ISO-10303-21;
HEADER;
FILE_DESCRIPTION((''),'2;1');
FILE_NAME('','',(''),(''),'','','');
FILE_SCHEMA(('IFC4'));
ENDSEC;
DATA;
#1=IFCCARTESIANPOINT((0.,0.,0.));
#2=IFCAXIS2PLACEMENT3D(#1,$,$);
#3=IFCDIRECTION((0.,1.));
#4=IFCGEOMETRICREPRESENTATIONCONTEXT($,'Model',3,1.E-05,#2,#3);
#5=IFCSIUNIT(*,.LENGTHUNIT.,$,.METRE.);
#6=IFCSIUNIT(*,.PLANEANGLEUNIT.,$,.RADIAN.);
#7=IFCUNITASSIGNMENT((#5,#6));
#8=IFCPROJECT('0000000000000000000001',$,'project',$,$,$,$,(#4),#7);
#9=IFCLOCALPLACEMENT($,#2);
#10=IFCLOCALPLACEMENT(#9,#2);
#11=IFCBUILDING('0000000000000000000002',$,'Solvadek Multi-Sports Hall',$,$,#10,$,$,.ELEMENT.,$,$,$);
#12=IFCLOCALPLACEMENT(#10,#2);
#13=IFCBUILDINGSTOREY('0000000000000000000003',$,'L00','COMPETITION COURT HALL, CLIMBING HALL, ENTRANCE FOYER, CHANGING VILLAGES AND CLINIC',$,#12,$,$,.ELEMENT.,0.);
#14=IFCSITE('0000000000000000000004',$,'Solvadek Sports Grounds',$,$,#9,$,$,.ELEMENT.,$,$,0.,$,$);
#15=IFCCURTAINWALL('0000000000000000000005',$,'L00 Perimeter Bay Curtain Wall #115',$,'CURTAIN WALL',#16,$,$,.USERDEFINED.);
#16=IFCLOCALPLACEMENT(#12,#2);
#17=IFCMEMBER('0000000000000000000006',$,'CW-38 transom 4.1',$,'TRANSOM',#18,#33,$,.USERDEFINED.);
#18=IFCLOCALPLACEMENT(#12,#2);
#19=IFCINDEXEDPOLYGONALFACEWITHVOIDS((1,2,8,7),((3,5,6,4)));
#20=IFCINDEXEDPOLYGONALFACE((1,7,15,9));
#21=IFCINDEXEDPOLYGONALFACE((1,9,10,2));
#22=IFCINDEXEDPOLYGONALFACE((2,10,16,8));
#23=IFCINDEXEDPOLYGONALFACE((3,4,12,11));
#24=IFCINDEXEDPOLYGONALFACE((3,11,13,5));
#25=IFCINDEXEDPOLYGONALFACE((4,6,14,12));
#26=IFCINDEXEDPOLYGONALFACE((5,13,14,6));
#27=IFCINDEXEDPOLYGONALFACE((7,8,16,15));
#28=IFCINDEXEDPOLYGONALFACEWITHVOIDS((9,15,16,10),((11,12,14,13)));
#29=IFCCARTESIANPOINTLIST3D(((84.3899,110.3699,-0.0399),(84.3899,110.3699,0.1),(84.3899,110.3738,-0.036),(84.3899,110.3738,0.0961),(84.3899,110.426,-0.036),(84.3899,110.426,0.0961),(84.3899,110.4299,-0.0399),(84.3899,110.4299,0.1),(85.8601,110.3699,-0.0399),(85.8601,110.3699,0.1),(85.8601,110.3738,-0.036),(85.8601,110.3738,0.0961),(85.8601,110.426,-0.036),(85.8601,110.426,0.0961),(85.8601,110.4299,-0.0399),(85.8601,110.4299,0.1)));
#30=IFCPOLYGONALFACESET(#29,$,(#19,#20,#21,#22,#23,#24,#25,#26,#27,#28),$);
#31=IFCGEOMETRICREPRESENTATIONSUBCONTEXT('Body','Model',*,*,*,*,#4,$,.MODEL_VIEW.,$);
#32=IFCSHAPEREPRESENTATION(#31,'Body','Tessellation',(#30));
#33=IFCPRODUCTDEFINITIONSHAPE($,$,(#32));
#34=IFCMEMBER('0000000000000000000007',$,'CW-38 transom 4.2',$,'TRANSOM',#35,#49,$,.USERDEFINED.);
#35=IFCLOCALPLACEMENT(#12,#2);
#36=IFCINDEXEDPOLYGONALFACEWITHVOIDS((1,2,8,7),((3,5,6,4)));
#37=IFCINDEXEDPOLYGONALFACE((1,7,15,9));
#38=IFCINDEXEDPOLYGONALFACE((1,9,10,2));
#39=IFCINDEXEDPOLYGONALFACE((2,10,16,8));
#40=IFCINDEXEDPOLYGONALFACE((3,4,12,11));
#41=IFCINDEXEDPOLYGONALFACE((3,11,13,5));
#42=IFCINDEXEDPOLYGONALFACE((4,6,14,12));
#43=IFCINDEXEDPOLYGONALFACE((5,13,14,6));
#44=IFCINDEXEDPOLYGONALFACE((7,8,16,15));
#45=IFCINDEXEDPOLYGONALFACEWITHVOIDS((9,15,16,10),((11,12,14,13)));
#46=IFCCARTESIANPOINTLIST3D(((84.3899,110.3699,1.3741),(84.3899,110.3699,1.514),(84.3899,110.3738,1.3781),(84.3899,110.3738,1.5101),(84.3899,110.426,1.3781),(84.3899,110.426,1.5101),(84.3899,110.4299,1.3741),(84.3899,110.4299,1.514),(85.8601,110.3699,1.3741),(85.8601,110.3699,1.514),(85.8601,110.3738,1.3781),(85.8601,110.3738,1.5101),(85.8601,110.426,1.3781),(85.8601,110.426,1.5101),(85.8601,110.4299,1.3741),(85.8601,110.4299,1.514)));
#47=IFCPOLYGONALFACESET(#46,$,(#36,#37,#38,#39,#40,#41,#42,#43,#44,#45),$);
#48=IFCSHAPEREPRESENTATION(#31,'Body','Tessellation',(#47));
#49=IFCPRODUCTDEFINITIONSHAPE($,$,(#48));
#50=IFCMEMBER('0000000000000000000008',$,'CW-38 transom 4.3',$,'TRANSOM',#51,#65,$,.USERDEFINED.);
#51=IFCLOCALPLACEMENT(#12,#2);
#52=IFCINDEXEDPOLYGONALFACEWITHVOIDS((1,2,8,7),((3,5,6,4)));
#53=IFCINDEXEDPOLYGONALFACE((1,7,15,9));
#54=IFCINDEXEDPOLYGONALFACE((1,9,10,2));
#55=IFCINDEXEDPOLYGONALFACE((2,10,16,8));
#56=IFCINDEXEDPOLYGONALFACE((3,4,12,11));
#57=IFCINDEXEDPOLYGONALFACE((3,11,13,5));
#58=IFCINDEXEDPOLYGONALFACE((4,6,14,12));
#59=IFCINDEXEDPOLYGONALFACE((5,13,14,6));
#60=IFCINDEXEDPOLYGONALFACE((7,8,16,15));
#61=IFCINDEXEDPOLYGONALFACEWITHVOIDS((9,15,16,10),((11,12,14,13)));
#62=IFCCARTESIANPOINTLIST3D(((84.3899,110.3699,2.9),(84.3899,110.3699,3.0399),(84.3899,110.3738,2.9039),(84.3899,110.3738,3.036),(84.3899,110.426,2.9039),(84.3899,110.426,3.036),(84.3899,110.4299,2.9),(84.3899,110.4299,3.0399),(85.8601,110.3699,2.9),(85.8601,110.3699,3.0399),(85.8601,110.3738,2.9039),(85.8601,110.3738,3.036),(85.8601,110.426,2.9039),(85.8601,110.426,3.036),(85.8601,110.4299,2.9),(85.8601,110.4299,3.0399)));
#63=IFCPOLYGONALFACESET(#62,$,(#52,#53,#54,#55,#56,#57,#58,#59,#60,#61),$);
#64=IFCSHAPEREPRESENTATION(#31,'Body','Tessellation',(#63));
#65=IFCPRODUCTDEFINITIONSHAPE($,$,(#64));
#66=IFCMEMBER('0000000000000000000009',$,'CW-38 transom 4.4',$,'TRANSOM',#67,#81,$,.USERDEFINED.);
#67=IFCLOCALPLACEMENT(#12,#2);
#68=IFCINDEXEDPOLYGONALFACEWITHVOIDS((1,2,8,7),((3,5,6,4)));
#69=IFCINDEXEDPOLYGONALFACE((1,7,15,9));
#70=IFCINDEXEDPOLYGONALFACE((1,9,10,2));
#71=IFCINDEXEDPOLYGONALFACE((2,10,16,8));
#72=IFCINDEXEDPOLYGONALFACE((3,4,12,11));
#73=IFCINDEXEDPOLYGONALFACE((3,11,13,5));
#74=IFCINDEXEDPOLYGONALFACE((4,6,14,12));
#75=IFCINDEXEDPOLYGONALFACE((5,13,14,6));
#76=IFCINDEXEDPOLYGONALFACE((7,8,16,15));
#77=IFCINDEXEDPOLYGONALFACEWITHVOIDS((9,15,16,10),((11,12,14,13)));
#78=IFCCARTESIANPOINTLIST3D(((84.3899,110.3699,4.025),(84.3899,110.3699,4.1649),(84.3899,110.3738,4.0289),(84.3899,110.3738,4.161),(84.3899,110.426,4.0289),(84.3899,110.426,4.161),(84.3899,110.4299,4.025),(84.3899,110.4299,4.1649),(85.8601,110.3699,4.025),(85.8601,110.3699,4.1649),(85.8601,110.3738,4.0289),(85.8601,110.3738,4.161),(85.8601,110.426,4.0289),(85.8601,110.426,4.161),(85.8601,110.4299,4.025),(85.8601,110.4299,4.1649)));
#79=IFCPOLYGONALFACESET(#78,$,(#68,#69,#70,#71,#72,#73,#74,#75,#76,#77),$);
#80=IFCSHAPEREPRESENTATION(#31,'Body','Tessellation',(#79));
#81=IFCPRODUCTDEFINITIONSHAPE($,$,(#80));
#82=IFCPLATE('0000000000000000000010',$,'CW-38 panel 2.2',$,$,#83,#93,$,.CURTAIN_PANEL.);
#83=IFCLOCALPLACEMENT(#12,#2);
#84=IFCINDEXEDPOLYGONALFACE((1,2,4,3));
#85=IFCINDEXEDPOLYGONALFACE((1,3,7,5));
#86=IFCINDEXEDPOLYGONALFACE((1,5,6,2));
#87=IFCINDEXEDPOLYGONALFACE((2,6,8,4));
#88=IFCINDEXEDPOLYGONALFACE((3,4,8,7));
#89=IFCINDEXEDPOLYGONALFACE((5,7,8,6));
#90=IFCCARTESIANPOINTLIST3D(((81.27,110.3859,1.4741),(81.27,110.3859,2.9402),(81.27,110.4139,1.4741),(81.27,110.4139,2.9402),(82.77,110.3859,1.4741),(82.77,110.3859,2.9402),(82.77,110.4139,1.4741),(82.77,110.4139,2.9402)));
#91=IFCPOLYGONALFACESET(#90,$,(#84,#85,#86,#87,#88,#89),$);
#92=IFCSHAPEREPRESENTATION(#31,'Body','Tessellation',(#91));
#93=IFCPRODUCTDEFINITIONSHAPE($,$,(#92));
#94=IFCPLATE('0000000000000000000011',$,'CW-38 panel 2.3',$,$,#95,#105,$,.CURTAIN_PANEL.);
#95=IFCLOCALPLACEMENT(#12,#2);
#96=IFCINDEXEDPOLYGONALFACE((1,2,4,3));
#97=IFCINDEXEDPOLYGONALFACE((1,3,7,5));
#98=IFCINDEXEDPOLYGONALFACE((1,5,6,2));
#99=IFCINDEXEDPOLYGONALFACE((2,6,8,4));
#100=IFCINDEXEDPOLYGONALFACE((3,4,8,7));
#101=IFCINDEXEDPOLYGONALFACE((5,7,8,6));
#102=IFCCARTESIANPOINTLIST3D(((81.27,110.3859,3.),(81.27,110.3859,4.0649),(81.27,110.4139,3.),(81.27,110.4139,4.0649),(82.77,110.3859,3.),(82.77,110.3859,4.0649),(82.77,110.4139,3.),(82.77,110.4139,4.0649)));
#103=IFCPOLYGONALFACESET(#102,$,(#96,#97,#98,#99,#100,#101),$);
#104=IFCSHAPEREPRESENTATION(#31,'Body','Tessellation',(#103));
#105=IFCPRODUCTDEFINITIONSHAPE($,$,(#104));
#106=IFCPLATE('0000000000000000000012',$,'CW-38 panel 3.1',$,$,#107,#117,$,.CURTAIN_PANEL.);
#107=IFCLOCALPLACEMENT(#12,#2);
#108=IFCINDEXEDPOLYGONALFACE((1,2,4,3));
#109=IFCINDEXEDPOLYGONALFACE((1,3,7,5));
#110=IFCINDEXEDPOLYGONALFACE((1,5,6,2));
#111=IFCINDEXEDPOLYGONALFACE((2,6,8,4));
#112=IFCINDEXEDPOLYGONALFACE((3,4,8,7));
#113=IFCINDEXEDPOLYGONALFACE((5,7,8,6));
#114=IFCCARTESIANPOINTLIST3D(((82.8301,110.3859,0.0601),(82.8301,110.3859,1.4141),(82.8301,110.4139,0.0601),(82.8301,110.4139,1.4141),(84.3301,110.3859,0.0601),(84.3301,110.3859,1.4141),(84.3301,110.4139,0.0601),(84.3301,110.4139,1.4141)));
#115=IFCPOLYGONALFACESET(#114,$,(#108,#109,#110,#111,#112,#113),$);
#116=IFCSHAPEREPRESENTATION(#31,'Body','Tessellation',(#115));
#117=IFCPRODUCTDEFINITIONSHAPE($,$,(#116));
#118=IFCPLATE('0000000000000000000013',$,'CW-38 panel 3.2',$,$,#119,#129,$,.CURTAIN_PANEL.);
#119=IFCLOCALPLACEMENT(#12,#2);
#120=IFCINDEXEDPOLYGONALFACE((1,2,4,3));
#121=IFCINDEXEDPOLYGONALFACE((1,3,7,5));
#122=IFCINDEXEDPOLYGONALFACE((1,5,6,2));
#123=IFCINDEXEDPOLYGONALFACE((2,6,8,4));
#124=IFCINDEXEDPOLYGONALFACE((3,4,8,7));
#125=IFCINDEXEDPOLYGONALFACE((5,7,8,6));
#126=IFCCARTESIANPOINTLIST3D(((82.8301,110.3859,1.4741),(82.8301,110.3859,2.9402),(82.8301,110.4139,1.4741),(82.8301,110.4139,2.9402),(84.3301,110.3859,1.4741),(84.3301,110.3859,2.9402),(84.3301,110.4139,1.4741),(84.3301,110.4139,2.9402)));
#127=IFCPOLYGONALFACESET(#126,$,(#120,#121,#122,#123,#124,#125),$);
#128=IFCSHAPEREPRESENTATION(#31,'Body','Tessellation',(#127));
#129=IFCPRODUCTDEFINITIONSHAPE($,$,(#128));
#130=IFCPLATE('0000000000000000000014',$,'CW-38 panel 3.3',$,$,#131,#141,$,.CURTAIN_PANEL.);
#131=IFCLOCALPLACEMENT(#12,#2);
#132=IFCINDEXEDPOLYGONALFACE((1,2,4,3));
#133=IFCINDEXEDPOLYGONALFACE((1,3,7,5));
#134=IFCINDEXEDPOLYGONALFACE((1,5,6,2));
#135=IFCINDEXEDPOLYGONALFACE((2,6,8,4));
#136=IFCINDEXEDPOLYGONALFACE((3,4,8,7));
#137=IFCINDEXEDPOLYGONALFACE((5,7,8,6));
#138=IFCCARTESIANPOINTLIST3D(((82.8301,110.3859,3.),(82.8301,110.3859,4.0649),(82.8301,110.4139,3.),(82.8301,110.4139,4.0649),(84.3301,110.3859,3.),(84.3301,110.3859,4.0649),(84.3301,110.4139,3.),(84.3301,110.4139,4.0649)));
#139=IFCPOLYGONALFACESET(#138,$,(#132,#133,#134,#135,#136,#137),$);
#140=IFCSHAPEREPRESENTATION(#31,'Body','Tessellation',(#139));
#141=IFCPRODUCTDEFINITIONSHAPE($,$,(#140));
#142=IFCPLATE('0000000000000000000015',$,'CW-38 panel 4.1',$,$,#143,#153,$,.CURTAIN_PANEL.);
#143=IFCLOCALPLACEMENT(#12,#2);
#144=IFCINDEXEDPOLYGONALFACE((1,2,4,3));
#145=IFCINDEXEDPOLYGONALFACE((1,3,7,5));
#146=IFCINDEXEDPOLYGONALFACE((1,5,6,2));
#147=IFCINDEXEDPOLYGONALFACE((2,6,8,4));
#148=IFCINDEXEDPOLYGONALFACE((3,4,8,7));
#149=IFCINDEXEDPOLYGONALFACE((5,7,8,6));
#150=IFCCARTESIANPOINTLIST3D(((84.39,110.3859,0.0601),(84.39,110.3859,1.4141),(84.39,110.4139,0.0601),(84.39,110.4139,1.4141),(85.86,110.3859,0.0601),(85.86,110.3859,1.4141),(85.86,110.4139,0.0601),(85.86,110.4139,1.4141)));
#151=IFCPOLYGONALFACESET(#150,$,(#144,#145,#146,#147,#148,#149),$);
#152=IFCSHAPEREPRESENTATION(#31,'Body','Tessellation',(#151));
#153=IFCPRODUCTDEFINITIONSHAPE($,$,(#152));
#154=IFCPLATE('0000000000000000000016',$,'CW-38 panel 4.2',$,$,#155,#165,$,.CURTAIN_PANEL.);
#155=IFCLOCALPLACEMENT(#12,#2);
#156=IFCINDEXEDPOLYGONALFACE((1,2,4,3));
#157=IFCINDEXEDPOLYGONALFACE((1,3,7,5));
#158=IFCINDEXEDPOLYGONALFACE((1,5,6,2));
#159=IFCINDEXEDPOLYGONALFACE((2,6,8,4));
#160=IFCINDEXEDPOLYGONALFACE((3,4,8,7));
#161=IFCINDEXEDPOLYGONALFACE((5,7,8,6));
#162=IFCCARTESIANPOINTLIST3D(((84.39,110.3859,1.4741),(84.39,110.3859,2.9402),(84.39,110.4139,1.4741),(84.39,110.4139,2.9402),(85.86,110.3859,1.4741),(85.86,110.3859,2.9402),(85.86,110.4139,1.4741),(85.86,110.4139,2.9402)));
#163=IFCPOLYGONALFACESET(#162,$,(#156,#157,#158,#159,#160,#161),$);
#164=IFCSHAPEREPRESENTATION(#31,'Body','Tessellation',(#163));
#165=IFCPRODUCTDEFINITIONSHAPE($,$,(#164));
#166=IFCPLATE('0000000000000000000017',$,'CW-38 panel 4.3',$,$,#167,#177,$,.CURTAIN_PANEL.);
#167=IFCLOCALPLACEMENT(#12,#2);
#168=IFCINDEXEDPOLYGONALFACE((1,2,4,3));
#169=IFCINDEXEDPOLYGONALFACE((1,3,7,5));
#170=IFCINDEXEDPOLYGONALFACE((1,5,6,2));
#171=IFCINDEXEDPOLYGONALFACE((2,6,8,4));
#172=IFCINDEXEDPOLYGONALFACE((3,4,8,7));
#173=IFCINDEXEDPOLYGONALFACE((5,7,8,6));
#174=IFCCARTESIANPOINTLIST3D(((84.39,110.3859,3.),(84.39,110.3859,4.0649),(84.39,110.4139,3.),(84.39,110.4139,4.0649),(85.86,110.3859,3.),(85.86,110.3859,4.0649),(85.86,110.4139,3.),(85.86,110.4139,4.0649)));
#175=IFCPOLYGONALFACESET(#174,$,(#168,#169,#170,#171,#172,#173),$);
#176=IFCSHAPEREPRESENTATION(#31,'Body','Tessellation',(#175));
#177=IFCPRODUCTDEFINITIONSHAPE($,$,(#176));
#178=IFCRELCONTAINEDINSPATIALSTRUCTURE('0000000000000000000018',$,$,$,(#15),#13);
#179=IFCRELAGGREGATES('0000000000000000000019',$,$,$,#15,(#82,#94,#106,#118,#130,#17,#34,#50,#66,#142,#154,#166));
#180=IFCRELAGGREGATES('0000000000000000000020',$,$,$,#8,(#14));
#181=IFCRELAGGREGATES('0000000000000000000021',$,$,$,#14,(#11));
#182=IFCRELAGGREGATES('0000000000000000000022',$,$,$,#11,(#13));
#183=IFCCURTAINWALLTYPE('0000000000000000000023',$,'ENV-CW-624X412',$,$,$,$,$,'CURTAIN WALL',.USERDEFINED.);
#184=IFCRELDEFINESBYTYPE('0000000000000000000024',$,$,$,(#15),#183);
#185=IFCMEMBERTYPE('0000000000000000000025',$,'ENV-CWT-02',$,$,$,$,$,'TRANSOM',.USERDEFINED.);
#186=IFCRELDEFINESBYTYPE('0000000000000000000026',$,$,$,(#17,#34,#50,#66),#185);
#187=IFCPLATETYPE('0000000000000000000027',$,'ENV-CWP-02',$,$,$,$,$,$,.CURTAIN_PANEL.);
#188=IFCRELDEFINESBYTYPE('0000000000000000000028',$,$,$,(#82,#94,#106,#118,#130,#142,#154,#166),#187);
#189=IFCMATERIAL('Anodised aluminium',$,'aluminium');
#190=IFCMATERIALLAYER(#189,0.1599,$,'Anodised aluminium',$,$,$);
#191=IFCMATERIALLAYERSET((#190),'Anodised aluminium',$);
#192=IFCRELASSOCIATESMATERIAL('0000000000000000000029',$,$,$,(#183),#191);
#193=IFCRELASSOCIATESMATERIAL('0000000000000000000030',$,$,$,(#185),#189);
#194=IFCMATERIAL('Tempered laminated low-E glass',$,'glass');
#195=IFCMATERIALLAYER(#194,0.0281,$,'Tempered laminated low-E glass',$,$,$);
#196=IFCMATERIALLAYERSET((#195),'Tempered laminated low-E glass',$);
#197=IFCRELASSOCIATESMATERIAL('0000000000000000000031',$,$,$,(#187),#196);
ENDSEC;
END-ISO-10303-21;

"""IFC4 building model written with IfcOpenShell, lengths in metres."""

from ifc_helpers import new_model, si_unit, direction, frame, origin, origin_2d, place, context, subcontext, project, spatial, rectangle, hollow_rectangle, extrude, material, layer, layer_set, material_profile, profile_set, type_object, element, aggregate, save


model = new_model("IFC4")

# Units and contexts
model_context = context("Model", 3, precision=1e-05, world=origin(), true_north=direction((0.0, 1.0)))
body_context = subcontext(model_context, "Body", "Model", "MODEL_VIEW")
ifc_project = project(units=[si_unit("LENGTHUNIT", "METRE"), si_unit("PLANEANGLEUNIT", "RADIAN")], contexts=[model_context])

# Site, building, storey
site_placement = place(None, origin())
site = spatial("IfcSite", under=ifc_project, at=site_placement, Name="Solvadek Sports Grounds", CompositionType="ELEMENT", RefElevation=0.0)
building_placement = place(site_placement, origin())
building = spatial("IfcBuilding", under=site, at=building_placement, Name="Solvadek Multi-Sports Hall", CompositionType="ELEMENT")
storey_placement = place(building_placement, origin())
storey = spatial("IfcBuildingStorey", under=building, at=storey_placement, Name="L00", Description="COMPETITION COURT HALL, CLIMBING HALL, ENTRANCE FOYER, CHANGING VILLAGES AND CLINIC", CompositionType="ELEMENT", Elevation=0.0)

# Curtain wall, members, plates
ifc_material_1 = material(Name="Anodised aluminium", Category="aluminium")
ifc_layer_1 = layer(ifc_material_1, 0.1599, Name="Anodised aluminium")
ifc_layer_set_1 = layer_set([ifc_layer_1], Name="Anodised aluminium")
curtain_wall_type = type_object("IfcCurtainWallType", Name="ENV-CW-624X412", ElementType="CURTAIN WALL", PredefinedType="USERDEFINED", material=ifc_layer_set_1)
curtain_wall_placement = place(storey_placement, origin())
curtain_wall = element("IfcCurtainWall", 1, at=curtain_wall_placement, inside=storey, type_object=curtain_wall_type, Name="L00 Perimeter Bay Curtain Wall #115", ObjectType="CURTAIN WALL", PredefinedType="USERDEFINED")
ifc_material_profile_1 = material_profile(ifc_material_1, hollow_rectangle(XDim=0.0601, YDim=0.1399, WallThickness=0.0039, at=origin_2d()), Name="ALU-T 140x60x4")
ifc_profile_set_1 = profile_set([ifc_material_profile_1], Name="Anodised aluminium")
member_type_1 = type_object("IfcMemberType", Name="ENV-CWT-02", ElementType="TRANSOM", PredefinedType="USERDEFINED", material=ifc_profile_set_1)
member_1_placement = place(storey_placement, frame((84.3899, 110.3999, 0.03), z_axis=(1.0, 0.0, 0.0), x_axis=(0.0, 1.0, 0.0)))
member_1 = element("IfcMember", 2, at=member_1_placement, type_object=member_type_1, Name="CW-38 transom 4.1", ObjectType="TRANSOM", PredefinedType="USERDEFINED", context=body_context, shape_type="SweptSolid", body=[
    extrude(hollow_rectangle(XDim=0.0601, YDim=0.1399, WallThickness=0.0039, at=origin_2d()), origin(), (0.0, 0.0, 1.0), 1.4702),
])
member_2_placement = place(storey_placement, frame((84.3899, 110.3999, 1.4441), z_axis=(1.0, 0.0, 0.0), x_axis=(0.0, 1.0, 0.0)))
member_2 = element("IfcMember", 3, at=member_2_placement, type_object=member_type_1, Name="CW-38 transom 4.2", ObjectType="TRANSOM", PredefinedType="USERDEFINED", context=body_context, shape_type="SweptSolid", body=[
    extrude(hollow_rectangle(XDim=0.0601, YDim=0.1399, WallThickness=0.0039, at=origin_2d()), origin(), (0.0, 0.0, 1.0), 1.4702),
])
member_3_placement = place(storey_placement, frame((84.3899, 110.3999, 2.97), z_axis=(1.0, 0.0, 0.0), x_axis=(0.0, 1.0, 0.0)))
member_3 = element("IfcMember", 4, at=member_3_placement, type_object=member_type_1, Name="CW-38 transom 4.3", ObjectType="TRANSOM", PredefinedType="USERDEFINED", context=body_context, shape_type="SweptSolid", body=[
    extrude(hollow_rectangle(XDim=0.0601, YDim=0.1399, WallThickness=0.0039, at=origin_2d()), origin(), (0.0, 0.0, 1.0), 1.4702),
])
member_4_placement = place(storey_placement, frame((84.3899, 110.3999, 4.095), z_axis=(1.0, 0.0, 0.0), x_axis=(0.0, 1.0, 0.0)))
member_4 = element("IfcMember", 5, at=member_4_placement, type_object=member_type_1, Name="CW-38 transom 4.4", ObjectType="TRANSOM", PredefinedType="USERDEFINED", context=body_context, shape_type="SweptSolid", body=[
    extrude(hollow_rectangle(XDim=0.0601, YDim=0.1399, WallThickness=0.0039, at=origin_2d()), origin(), (0.0, 0.0, 1.0), 1.4702),
])
ifc_material_2 = material(Name="Tempered laminated low-E glass", Category="glass")
ifc_layer_2 = layer(ifc_material_2, 0.0281, Name="Tempered laminated low-E glass")
ifc_layer_set_2 = layer_set([ifc_layer_2], Name="Tempered laminated low-E glass")
plate_type = type_object("IfcPlateType", Name="ENV-CWP-02", PredefinedType="CURTAIN_PANEL", material=ifc_layer_set_2)
plate_1_placement = place(storey_placement, frame((82.02, 110.3999, 1.4741), z_axis=(0.0, 0.0, 1.0), x_axis=(1.0, 0.0, 0.0)))
plate_1 = element("IfcPlate", 6, at=plate_1_placement, type_object=plate_type, Name="CW-38 panel 2.2", PredefinedType="CURTAIN_PANEL", context=body_context, shape_type="SweptSolid", body=[
    extrude(rectangle(XDim=1.5, YDim=0.0281, at=origin_2d()), origin(), (0.0, 0.0, 1.0), 1.4661),
])
plate_2_placement = place(storey_placement, frame((82.02, 110.3999, 3.0), z_axis=(0.0, 0.0, 1.0), x_axis=(1.0, 0.0, 0.0)))
plate_2 = element("IfcPlate", 7, at=plate_2_placement, type_object=plate_type, Name="CW-38 panel 2.3", PredefinedType="CURTAIN_PANEL", context=body_context, shape_type="SweptSolid", body=[
    extrude(rectangle(XDim=1.5, YDim=0.0281, at=origin_2d()), origin(), (0.0, 0.0, 1.0), 1.0649),
])
plate_3_placement = place(storey_placement, frame((83.5801, 110.3999, 0.0601), z_axis=(0.0, 0.0, 1.0), x_axis=(1.0, 0.0, 0.0)))
plate_3 = element("IfcPlate", 8, at=plate_3_placement, type_object=plate_type, Name="CW-38 panel 3.1", PredefinedType="CURTAIN_PANEL", context=body_context, shape_type="SweptSolid", body=[
    extrude(rectangle(XDim=1.5, YDim=0.0281, at=origin_2d()), origin(), (0.0, 0.0, 1.0), 1.354),
])
plate_4_placement = place(storey_placement, frame((83.5801, 110.3999, 1.4741), z_axis=(0.0, 0.0, 1.0), x_axis=(1.0, 0.0, 0.0)))
plate_4 = element("IfcPlate", 9, at=plate_4_placement, type_object=plate_type, Name="CW-38 panel 3.2", PredefinedType="CURTAIN_PANEL", context=body_context, shape_type="SweptSolid", body=[
    extrude(rectangle(XDim=1.5, YDim=0.0281, at=origin_2d()), origin(), (0.0, 0.0, 1.0), 1.4661),
])
plate_5_placement = place(storey_placement, frame((83.5801, 110.3999, 3.0), z_axis=(0.0, 0.0, 1.0), x_axis=(1.0, 0.0, 0.0)))
plate_5 = element("IfcPlate", 10, at=plate_5_placement, type_object=plate_type, Name="CW-38 panel 3.3", PredefinedType="CURTAIN_PANEL", context=body_context, shape_type="SweptSolid", body=[
    extrude(rectangle(XDim=1.5, YDim=0.0281, at=origin_2d()), origin(), (0.0, 0.0, 1.0), 1.0649),
])
plate_6_placement = place(storey_placement, frame((85.125, 110.3999, 0.0601), z_axis=(0.0, 0.0, 1.0), x_axis=(1.0, 0.0, 0.0)))
plate_6 = element("IfcPlate", 11, at=plate_6_placement, type_object=plate_type, Name="CW-38 panel 4.1", PredefinedType="CURTAIN_PANEL", context=body_context, shape_type="SweptSolid", body=[
    extrude(rectangle(XDim=1.47, YDim=0.0281, at=origin_2d()), origin(), (0.0, 0.0, 1.0), 1.354),
])
plate_7_placement = place(storey_placement, frame((85.125, 110.3999, 1.4741), z_axis=(0.0, 0.0, 1.0), x_axis=(1.0, 0.0, 0.0)))
plate_7 = element("IfcPlate", 12, at=plate_7_placement, type_object=plate_type, Name="CW-38 panel 4.2", PredefinedType="CURTAIN_PANEL", context=body_context, shape_type="SweptSolid", body=[
    extrude(rectangle(XDim=1.47, YDim=0.0281, at=origin_2d()), origin(), (0.0, 0.0, 1.0), 1.4661),
])
plate_8_placement = place(storey_placement, frame((85.125, 110.3999, 3.0), z_axis=(0.0, 0.0, 1.0), x_axis=(1.0, 0.0, 0.0)))
plate_8 = element("IfcPlate", 13, at=plate_8_placement, type_object=plate_type, Name="CW-38 panel 4.3", PredefinedType="CURTAIN_PANEL", context=body_context, shape_type="SweptSolid", body=[
    extrude(rectangle(XDim=1.47, YDim=0.0281, at=origin_2d()), origin(), (0.0, 0.0, 1.0), 1.0649),
])
aggregate(curtain_wall, [plate_1, plate_2, plate_3, plate_4, plate_5, member_1, member_2, member_3, member_4, plate_6, plate_7, plate_8])

save(model, "model.ifc")
